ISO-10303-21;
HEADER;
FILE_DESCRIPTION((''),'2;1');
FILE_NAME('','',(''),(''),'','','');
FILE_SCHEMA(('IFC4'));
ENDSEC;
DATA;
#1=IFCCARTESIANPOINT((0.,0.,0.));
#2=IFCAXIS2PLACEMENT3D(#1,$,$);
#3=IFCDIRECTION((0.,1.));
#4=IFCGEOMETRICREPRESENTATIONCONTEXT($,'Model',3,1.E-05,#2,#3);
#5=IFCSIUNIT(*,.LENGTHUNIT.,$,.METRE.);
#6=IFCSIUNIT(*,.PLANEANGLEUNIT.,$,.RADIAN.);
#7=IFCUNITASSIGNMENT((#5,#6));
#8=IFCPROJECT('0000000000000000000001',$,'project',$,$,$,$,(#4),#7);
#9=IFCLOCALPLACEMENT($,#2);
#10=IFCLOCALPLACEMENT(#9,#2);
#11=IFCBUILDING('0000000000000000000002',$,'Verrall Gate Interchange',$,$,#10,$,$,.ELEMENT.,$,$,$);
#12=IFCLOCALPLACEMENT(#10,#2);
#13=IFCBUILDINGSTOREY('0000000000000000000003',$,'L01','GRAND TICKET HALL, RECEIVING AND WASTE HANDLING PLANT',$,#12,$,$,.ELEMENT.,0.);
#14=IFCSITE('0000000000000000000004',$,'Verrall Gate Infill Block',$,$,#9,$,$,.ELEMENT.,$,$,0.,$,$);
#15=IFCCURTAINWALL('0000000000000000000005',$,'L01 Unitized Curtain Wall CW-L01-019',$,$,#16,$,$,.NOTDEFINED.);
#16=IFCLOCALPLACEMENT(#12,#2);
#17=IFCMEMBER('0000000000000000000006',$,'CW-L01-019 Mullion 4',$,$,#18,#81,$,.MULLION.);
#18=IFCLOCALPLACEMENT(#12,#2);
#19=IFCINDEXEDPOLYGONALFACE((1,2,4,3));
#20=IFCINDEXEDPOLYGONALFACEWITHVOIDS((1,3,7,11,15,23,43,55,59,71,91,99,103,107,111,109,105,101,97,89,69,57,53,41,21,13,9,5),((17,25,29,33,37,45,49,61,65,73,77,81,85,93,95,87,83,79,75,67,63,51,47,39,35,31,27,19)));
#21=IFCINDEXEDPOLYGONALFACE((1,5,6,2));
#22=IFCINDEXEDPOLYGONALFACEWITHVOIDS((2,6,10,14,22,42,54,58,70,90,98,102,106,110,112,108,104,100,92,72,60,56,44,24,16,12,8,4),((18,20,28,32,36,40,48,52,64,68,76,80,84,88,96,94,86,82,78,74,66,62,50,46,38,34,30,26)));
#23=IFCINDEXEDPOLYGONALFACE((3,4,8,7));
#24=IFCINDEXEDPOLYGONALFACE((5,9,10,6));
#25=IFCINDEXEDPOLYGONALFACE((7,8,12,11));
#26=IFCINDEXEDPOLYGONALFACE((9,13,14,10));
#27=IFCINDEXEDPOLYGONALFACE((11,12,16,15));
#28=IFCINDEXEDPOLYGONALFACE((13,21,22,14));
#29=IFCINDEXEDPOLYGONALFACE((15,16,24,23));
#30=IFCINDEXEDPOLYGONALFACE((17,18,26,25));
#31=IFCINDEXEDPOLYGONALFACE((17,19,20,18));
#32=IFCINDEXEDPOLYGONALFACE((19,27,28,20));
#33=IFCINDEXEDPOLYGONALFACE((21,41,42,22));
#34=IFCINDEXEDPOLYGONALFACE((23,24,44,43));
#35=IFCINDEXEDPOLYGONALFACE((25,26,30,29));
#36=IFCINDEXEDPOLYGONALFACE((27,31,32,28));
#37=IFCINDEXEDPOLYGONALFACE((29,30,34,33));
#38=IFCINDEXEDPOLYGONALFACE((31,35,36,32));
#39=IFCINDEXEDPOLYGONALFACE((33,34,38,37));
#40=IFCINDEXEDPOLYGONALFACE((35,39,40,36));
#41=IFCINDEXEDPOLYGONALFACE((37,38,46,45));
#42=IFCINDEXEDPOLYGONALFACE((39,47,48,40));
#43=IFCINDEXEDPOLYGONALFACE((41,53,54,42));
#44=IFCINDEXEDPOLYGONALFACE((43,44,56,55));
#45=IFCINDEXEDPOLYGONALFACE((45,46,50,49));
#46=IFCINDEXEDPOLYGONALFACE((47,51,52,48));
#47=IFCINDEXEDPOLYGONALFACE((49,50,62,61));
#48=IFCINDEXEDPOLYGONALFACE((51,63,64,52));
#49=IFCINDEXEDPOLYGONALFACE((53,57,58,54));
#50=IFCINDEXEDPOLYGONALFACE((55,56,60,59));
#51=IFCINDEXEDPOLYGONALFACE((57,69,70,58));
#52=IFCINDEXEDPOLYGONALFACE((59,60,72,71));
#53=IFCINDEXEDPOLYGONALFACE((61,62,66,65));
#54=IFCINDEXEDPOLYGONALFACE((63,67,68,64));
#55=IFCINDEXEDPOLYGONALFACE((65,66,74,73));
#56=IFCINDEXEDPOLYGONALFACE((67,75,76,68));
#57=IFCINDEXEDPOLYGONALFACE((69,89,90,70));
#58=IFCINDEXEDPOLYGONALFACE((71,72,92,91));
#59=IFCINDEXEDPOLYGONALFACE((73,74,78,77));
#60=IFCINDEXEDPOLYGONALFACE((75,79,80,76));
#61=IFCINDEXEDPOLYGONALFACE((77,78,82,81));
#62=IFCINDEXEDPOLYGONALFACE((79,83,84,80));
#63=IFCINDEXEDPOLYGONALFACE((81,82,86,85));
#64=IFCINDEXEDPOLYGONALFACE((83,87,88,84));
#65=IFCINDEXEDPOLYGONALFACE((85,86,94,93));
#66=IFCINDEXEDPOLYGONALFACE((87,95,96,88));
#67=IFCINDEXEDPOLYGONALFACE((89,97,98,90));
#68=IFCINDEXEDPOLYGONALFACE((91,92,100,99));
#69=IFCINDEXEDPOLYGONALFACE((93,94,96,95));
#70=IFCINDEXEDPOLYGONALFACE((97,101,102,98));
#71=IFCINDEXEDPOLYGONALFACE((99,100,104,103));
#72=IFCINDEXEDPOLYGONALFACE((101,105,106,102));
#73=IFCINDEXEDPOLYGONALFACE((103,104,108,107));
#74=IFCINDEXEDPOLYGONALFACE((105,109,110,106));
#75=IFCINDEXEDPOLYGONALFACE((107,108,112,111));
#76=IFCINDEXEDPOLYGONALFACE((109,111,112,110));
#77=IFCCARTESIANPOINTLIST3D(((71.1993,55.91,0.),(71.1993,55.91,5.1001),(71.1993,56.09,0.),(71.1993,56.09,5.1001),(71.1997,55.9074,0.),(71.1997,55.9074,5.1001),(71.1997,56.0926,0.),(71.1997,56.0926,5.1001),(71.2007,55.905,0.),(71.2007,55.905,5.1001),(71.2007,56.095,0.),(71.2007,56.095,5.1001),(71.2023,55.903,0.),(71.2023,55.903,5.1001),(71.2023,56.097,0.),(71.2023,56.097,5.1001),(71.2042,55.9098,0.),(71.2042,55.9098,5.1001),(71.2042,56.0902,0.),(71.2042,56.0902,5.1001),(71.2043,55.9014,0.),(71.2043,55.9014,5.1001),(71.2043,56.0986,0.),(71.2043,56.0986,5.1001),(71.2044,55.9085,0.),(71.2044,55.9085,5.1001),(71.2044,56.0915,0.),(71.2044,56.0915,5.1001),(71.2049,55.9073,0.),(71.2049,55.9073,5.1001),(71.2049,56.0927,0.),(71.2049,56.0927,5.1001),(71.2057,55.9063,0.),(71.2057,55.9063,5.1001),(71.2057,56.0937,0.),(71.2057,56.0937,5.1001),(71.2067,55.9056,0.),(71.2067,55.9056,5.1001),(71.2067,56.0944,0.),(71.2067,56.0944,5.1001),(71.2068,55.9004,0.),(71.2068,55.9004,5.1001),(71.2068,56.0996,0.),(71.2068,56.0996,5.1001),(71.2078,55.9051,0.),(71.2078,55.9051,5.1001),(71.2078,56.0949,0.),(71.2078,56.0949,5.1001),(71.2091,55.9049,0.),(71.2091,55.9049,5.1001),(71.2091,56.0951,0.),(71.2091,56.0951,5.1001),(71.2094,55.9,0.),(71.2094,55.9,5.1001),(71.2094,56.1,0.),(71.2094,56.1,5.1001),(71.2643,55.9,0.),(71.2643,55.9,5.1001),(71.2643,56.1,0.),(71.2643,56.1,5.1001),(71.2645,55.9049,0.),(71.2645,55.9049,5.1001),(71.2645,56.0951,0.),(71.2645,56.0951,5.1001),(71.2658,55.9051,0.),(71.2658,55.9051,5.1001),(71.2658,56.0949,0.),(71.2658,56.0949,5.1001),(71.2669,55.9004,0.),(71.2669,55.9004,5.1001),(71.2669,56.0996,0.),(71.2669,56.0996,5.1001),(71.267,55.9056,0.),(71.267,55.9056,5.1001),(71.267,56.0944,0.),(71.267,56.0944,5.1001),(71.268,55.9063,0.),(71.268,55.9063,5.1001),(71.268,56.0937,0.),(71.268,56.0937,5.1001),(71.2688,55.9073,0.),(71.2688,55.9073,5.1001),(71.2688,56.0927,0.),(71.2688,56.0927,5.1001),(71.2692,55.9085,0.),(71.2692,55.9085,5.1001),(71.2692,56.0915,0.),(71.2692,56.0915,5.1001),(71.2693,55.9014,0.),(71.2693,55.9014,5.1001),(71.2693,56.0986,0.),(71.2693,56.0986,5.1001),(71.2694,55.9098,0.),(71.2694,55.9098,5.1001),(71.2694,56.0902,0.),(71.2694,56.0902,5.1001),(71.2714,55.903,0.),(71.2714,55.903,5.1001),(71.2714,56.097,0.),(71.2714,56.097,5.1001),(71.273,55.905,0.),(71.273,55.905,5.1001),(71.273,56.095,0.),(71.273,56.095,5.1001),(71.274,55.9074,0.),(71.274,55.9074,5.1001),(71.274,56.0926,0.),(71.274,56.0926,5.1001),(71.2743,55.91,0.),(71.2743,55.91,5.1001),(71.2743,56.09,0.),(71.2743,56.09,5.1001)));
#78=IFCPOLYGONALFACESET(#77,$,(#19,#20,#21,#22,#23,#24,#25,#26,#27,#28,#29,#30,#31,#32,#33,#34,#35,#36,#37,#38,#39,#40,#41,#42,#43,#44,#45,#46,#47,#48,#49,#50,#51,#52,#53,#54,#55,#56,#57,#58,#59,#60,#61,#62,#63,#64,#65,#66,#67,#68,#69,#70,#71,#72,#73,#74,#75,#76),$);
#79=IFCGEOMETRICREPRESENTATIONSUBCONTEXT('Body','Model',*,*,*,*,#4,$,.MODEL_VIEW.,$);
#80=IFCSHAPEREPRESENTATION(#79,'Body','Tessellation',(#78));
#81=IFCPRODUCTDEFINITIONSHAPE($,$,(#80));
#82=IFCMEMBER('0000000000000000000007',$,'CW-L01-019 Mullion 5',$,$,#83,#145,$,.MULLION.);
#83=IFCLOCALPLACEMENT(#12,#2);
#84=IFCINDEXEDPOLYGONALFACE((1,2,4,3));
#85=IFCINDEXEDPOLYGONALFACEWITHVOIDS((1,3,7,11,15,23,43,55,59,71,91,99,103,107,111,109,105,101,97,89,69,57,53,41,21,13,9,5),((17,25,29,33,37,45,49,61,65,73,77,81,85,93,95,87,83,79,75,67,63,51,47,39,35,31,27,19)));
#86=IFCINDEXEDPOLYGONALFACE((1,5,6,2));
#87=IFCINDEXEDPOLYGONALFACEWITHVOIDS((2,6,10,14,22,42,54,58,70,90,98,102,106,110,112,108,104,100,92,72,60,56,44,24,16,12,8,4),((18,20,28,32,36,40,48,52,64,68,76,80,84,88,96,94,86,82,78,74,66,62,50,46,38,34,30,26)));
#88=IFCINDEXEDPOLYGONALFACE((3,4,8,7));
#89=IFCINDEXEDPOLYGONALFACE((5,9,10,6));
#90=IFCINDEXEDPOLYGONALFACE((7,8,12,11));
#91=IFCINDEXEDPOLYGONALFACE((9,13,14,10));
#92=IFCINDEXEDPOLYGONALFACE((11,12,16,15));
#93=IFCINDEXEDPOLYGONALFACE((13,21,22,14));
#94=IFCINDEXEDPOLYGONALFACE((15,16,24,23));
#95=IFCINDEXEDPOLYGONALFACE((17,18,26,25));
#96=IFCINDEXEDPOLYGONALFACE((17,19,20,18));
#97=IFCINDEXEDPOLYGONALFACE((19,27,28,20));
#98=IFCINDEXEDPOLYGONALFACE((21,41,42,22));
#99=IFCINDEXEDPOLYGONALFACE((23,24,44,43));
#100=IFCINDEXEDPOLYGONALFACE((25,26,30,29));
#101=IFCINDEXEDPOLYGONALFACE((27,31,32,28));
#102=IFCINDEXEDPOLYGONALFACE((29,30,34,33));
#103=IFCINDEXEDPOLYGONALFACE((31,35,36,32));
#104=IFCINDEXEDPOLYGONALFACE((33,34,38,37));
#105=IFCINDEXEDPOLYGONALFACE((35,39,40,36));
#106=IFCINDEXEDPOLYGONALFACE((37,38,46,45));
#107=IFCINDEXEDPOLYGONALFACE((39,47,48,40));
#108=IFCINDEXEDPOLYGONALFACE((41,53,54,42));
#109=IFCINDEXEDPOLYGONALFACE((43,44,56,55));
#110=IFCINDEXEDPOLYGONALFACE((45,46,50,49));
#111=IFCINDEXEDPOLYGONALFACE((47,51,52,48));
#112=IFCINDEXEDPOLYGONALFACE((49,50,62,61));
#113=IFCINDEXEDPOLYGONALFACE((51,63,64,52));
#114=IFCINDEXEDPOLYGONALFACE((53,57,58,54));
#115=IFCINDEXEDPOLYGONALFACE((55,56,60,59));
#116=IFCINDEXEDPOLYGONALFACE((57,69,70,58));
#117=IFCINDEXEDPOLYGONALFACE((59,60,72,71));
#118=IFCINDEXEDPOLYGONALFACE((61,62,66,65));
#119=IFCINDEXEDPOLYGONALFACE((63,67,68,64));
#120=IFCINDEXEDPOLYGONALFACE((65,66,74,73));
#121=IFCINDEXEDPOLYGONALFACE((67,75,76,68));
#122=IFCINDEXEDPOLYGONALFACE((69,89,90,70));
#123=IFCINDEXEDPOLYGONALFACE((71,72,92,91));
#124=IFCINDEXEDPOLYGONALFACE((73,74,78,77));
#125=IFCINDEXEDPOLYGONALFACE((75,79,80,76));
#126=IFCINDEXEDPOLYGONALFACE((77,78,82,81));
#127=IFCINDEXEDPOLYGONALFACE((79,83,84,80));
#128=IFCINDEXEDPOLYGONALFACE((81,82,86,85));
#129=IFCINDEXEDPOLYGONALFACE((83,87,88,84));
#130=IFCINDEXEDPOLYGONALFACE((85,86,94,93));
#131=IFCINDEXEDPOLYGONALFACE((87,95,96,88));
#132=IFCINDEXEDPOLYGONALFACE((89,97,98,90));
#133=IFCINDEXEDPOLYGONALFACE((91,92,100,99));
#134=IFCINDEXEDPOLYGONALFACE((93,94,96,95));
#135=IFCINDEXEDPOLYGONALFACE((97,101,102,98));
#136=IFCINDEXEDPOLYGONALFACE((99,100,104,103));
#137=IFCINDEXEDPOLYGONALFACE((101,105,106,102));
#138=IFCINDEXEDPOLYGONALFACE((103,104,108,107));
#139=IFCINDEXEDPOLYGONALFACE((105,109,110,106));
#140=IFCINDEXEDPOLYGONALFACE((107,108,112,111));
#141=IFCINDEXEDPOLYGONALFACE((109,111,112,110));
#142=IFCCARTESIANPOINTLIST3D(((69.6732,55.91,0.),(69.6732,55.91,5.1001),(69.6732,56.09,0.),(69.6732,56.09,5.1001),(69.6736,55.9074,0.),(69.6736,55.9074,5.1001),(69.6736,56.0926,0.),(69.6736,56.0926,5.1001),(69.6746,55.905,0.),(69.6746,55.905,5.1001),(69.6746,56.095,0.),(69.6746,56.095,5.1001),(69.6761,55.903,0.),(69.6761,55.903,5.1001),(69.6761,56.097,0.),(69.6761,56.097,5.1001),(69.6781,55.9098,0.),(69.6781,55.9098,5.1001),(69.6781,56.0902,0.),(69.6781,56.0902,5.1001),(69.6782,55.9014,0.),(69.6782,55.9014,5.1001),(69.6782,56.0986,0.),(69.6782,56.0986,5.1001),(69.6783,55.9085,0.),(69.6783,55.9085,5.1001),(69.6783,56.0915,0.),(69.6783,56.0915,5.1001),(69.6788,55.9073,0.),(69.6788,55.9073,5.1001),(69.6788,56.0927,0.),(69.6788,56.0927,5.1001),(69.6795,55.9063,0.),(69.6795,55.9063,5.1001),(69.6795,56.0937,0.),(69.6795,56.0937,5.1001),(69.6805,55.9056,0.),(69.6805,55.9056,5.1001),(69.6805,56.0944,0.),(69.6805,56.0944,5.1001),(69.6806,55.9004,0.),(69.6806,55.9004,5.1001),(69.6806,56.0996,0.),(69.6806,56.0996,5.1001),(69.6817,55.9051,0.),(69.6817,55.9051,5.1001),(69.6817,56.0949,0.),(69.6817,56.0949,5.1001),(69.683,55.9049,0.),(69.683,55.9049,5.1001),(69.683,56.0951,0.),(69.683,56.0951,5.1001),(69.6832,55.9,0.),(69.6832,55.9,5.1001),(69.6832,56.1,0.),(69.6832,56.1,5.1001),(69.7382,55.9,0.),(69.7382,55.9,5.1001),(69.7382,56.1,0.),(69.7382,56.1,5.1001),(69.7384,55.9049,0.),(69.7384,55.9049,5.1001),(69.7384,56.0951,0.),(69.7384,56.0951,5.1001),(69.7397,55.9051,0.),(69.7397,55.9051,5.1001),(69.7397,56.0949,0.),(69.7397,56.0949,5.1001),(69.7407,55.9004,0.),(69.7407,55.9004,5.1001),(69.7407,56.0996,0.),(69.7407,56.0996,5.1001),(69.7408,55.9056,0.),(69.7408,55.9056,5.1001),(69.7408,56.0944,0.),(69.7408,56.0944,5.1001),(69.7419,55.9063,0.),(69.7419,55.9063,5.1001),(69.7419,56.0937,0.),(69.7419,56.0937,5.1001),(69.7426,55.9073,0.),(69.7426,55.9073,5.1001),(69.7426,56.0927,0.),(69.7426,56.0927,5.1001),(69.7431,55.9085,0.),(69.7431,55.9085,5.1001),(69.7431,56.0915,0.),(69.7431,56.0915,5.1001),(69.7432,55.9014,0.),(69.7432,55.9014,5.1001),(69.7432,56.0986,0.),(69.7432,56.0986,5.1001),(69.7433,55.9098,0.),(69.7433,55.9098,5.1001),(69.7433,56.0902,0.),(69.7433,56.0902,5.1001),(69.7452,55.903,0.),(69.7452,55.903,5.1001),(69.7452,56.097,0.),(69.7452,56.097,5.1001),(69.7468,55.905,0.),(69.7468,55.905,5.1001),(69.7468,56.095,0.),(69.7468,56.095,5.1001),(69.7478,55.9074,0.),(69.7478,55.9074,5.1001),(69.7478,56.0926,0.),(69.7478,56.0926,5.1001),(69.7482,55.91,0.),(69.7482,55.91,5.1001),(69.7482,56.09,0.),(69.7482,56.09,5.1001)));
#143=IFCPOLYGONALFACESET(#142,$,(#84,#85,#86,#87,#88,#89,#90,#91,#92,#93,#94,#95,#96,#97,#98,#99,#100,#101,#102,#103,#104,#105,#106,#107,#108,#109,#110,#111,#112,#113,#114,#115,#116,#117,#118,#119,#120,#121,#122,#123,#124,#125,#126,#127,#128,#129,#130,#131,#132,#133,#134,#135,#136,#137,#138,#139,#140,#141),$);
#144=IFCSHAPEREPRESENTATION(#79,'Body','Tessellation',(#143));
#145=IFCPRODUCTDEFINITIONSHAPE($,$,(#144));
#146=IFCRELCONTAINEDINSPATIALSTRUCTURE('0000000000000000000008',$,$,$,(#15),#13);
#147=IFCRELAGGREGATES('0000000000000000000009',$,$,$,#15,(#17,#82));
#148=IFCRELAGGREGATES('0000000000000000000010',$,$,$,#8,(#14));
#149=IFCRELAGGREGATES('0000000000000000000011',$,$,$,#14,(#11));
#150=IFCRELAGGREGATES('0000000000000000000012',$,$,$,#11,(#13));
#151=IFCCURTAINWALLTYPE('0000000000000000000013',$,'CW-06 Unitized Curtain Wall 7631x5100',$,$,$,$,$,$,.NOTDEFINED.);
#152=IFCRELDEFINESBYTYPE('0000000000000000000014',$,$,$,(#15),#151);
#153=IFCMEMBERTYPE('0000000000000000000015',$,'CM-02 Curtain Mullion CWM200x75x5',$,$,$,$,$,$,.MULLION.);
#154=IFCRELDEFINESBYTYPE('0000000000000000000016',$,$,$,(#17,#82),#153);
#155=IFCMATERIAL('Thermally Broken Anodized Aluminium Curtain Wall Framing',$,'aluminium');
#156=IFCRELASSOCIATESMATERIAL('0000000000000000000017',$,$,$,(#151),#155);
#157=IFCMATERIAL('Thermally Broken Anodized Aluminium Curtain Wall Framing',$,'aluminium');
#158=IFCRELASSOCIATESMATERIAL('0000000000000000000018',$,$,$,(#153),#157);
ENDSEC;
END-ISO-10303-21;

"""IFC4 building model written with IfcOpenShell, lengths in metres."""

from ifc_helpers import new_model, si_unit, direction, frame, origin, origin_2d, place, context, subcontext, project, spatial, hollow_rectangle, extrude, material, material_profile, profile_set, type_object, element, aggregate, save


model = new_model("IFC4")

# Units and contexts
model_context = context("Model", 3, precision=1e-05, world=origin(), true_north=direction((0.0, 1.0)))
body_context = subcontext(model_context, "Body", "Model", "MODEL_VIEW")
ifc_project = project(units=[si_unit("LENGTHUNIT", "METRE"), si_unit("PLANEANGLEUNIT", "RADIAN")], contexts=[model_context])

# Site, building, storey
site_placement = place(None, origin())
site = spatial("IfcSite", under=ifc_project, at=site_placement, Name="Verrall Gate Infill Block", CompositionType="ELEMENT", RefElevation=0.0)
building_placement = place(site_placement, origin())
building = spatial("IfcBuilding", under=site, at=building_placement, Name="Verrall Gate Interchange", CompositionType="ELEMENT")
storey_placement = place(building_placement, origin())
storey = spatial("IfcBuildingStorey", under=building, at=storey_placement, Name="L01", Description="GRAND TICKET HALL, RECEIVING AND WASTE HANDLING PLANT", CompositionType="ELEMENT", Elevation=0.0)

# Shared definitions
ifc_material_1 = material(Name="Thermally Broken Anodized Aluminium Curtain Wall Framing", Category="aluminium")
curtain_wall_type = type_object("IfcCurtainWallType", Name="CW-06 Unitized Curtain Wall 7631x5100", PredefinedType="NOTDEFINED", material=ifc_material_1)

# Curtain wall, members
curtain_wall_1_placement = place(storey_placement, origin())
curtain_wall_1 = element("IfcCurtainWall", 1, at=curtain_wall_1_placement, inside=storey, type_object=curtain_wall_type, Name="L01 Unitized Curtain Wall CW-L01-019", PredefinedType="NOTDEFINED")
ifc_material_2 = material(Name="Thermally Broken Anodized Aluminium Curtain Wall Framing", Category="aluminium")
ifc_material_profile_1 = material_profile(ifc_material_2, hollow_rectangle(XDim=0.075, YDim=0.2, WallThickness=0.0049, InnerFilletRadius=0.0049, OuterFilletRadius=0.01, at=origin_2d()), Name="CWM200x75x5")
ifc_profile_set_1 = profile_set([ifc_material_profile_1], Name="Thermally Broken Anodized Aluminium Curtain Wall Framing")
member_type_1 = type_object("IfcMemberType", Name="CM-02 Curtain Mullion CWM200x75x5", PredefinedType="MULLION", material=ifc_profile_set_1)
member_1_placement = place(storey_placement, frame((71.2368, 56.0, 0.0), z_axis=(0.0, 0.0, 1.0), x_axis=(-1.0, 0.0, 0.0)))
member_1 = element("IfcMember", 2, at=member_1_placement, type_object=member_type_1, Name="CW-L01-019 Mullion 4", PredefinedType="MULLION", context=body_context, shape_type="SweptSolid", body=[
    extrude(hollow_rectangle(XDim=0.075, YDim=0.2, WallThickness=0.0049, InnerFilletRadius=0.0049, OuterFilletRadius=0.01, at=origin_2d()), origin(), (0.0, 0.0, 1.0), 5.1001),
])
member_2_placement = place(storey_placement, frame((69.7107, 56.0, 0.0), z_axis=(0.0, 0.0, 1.0), x_axis=(-1.0, 0.0, 0.0)))
member_2 = element("IfcMember", 3, at=member_2_placement, type_object=member_type_1, Name="CW-L01-019 Mullion 5", PredefinedType="MULLION", context=body_context, shape_type="SweptSolid", body=[
    extrude(hollow_rectangle(XDim=0.075, YDim=0.2, WallThickness=0.0049, InnerFilletRadius=0.0049, OuterFilletRadius=0.01, at=origin_2d()), origin(), (0.0, 0.0, 1.0), 5.1001),
])

aggregate(curtain_wall_1, [member_1, member_2])

save(model, "model.ifc")
